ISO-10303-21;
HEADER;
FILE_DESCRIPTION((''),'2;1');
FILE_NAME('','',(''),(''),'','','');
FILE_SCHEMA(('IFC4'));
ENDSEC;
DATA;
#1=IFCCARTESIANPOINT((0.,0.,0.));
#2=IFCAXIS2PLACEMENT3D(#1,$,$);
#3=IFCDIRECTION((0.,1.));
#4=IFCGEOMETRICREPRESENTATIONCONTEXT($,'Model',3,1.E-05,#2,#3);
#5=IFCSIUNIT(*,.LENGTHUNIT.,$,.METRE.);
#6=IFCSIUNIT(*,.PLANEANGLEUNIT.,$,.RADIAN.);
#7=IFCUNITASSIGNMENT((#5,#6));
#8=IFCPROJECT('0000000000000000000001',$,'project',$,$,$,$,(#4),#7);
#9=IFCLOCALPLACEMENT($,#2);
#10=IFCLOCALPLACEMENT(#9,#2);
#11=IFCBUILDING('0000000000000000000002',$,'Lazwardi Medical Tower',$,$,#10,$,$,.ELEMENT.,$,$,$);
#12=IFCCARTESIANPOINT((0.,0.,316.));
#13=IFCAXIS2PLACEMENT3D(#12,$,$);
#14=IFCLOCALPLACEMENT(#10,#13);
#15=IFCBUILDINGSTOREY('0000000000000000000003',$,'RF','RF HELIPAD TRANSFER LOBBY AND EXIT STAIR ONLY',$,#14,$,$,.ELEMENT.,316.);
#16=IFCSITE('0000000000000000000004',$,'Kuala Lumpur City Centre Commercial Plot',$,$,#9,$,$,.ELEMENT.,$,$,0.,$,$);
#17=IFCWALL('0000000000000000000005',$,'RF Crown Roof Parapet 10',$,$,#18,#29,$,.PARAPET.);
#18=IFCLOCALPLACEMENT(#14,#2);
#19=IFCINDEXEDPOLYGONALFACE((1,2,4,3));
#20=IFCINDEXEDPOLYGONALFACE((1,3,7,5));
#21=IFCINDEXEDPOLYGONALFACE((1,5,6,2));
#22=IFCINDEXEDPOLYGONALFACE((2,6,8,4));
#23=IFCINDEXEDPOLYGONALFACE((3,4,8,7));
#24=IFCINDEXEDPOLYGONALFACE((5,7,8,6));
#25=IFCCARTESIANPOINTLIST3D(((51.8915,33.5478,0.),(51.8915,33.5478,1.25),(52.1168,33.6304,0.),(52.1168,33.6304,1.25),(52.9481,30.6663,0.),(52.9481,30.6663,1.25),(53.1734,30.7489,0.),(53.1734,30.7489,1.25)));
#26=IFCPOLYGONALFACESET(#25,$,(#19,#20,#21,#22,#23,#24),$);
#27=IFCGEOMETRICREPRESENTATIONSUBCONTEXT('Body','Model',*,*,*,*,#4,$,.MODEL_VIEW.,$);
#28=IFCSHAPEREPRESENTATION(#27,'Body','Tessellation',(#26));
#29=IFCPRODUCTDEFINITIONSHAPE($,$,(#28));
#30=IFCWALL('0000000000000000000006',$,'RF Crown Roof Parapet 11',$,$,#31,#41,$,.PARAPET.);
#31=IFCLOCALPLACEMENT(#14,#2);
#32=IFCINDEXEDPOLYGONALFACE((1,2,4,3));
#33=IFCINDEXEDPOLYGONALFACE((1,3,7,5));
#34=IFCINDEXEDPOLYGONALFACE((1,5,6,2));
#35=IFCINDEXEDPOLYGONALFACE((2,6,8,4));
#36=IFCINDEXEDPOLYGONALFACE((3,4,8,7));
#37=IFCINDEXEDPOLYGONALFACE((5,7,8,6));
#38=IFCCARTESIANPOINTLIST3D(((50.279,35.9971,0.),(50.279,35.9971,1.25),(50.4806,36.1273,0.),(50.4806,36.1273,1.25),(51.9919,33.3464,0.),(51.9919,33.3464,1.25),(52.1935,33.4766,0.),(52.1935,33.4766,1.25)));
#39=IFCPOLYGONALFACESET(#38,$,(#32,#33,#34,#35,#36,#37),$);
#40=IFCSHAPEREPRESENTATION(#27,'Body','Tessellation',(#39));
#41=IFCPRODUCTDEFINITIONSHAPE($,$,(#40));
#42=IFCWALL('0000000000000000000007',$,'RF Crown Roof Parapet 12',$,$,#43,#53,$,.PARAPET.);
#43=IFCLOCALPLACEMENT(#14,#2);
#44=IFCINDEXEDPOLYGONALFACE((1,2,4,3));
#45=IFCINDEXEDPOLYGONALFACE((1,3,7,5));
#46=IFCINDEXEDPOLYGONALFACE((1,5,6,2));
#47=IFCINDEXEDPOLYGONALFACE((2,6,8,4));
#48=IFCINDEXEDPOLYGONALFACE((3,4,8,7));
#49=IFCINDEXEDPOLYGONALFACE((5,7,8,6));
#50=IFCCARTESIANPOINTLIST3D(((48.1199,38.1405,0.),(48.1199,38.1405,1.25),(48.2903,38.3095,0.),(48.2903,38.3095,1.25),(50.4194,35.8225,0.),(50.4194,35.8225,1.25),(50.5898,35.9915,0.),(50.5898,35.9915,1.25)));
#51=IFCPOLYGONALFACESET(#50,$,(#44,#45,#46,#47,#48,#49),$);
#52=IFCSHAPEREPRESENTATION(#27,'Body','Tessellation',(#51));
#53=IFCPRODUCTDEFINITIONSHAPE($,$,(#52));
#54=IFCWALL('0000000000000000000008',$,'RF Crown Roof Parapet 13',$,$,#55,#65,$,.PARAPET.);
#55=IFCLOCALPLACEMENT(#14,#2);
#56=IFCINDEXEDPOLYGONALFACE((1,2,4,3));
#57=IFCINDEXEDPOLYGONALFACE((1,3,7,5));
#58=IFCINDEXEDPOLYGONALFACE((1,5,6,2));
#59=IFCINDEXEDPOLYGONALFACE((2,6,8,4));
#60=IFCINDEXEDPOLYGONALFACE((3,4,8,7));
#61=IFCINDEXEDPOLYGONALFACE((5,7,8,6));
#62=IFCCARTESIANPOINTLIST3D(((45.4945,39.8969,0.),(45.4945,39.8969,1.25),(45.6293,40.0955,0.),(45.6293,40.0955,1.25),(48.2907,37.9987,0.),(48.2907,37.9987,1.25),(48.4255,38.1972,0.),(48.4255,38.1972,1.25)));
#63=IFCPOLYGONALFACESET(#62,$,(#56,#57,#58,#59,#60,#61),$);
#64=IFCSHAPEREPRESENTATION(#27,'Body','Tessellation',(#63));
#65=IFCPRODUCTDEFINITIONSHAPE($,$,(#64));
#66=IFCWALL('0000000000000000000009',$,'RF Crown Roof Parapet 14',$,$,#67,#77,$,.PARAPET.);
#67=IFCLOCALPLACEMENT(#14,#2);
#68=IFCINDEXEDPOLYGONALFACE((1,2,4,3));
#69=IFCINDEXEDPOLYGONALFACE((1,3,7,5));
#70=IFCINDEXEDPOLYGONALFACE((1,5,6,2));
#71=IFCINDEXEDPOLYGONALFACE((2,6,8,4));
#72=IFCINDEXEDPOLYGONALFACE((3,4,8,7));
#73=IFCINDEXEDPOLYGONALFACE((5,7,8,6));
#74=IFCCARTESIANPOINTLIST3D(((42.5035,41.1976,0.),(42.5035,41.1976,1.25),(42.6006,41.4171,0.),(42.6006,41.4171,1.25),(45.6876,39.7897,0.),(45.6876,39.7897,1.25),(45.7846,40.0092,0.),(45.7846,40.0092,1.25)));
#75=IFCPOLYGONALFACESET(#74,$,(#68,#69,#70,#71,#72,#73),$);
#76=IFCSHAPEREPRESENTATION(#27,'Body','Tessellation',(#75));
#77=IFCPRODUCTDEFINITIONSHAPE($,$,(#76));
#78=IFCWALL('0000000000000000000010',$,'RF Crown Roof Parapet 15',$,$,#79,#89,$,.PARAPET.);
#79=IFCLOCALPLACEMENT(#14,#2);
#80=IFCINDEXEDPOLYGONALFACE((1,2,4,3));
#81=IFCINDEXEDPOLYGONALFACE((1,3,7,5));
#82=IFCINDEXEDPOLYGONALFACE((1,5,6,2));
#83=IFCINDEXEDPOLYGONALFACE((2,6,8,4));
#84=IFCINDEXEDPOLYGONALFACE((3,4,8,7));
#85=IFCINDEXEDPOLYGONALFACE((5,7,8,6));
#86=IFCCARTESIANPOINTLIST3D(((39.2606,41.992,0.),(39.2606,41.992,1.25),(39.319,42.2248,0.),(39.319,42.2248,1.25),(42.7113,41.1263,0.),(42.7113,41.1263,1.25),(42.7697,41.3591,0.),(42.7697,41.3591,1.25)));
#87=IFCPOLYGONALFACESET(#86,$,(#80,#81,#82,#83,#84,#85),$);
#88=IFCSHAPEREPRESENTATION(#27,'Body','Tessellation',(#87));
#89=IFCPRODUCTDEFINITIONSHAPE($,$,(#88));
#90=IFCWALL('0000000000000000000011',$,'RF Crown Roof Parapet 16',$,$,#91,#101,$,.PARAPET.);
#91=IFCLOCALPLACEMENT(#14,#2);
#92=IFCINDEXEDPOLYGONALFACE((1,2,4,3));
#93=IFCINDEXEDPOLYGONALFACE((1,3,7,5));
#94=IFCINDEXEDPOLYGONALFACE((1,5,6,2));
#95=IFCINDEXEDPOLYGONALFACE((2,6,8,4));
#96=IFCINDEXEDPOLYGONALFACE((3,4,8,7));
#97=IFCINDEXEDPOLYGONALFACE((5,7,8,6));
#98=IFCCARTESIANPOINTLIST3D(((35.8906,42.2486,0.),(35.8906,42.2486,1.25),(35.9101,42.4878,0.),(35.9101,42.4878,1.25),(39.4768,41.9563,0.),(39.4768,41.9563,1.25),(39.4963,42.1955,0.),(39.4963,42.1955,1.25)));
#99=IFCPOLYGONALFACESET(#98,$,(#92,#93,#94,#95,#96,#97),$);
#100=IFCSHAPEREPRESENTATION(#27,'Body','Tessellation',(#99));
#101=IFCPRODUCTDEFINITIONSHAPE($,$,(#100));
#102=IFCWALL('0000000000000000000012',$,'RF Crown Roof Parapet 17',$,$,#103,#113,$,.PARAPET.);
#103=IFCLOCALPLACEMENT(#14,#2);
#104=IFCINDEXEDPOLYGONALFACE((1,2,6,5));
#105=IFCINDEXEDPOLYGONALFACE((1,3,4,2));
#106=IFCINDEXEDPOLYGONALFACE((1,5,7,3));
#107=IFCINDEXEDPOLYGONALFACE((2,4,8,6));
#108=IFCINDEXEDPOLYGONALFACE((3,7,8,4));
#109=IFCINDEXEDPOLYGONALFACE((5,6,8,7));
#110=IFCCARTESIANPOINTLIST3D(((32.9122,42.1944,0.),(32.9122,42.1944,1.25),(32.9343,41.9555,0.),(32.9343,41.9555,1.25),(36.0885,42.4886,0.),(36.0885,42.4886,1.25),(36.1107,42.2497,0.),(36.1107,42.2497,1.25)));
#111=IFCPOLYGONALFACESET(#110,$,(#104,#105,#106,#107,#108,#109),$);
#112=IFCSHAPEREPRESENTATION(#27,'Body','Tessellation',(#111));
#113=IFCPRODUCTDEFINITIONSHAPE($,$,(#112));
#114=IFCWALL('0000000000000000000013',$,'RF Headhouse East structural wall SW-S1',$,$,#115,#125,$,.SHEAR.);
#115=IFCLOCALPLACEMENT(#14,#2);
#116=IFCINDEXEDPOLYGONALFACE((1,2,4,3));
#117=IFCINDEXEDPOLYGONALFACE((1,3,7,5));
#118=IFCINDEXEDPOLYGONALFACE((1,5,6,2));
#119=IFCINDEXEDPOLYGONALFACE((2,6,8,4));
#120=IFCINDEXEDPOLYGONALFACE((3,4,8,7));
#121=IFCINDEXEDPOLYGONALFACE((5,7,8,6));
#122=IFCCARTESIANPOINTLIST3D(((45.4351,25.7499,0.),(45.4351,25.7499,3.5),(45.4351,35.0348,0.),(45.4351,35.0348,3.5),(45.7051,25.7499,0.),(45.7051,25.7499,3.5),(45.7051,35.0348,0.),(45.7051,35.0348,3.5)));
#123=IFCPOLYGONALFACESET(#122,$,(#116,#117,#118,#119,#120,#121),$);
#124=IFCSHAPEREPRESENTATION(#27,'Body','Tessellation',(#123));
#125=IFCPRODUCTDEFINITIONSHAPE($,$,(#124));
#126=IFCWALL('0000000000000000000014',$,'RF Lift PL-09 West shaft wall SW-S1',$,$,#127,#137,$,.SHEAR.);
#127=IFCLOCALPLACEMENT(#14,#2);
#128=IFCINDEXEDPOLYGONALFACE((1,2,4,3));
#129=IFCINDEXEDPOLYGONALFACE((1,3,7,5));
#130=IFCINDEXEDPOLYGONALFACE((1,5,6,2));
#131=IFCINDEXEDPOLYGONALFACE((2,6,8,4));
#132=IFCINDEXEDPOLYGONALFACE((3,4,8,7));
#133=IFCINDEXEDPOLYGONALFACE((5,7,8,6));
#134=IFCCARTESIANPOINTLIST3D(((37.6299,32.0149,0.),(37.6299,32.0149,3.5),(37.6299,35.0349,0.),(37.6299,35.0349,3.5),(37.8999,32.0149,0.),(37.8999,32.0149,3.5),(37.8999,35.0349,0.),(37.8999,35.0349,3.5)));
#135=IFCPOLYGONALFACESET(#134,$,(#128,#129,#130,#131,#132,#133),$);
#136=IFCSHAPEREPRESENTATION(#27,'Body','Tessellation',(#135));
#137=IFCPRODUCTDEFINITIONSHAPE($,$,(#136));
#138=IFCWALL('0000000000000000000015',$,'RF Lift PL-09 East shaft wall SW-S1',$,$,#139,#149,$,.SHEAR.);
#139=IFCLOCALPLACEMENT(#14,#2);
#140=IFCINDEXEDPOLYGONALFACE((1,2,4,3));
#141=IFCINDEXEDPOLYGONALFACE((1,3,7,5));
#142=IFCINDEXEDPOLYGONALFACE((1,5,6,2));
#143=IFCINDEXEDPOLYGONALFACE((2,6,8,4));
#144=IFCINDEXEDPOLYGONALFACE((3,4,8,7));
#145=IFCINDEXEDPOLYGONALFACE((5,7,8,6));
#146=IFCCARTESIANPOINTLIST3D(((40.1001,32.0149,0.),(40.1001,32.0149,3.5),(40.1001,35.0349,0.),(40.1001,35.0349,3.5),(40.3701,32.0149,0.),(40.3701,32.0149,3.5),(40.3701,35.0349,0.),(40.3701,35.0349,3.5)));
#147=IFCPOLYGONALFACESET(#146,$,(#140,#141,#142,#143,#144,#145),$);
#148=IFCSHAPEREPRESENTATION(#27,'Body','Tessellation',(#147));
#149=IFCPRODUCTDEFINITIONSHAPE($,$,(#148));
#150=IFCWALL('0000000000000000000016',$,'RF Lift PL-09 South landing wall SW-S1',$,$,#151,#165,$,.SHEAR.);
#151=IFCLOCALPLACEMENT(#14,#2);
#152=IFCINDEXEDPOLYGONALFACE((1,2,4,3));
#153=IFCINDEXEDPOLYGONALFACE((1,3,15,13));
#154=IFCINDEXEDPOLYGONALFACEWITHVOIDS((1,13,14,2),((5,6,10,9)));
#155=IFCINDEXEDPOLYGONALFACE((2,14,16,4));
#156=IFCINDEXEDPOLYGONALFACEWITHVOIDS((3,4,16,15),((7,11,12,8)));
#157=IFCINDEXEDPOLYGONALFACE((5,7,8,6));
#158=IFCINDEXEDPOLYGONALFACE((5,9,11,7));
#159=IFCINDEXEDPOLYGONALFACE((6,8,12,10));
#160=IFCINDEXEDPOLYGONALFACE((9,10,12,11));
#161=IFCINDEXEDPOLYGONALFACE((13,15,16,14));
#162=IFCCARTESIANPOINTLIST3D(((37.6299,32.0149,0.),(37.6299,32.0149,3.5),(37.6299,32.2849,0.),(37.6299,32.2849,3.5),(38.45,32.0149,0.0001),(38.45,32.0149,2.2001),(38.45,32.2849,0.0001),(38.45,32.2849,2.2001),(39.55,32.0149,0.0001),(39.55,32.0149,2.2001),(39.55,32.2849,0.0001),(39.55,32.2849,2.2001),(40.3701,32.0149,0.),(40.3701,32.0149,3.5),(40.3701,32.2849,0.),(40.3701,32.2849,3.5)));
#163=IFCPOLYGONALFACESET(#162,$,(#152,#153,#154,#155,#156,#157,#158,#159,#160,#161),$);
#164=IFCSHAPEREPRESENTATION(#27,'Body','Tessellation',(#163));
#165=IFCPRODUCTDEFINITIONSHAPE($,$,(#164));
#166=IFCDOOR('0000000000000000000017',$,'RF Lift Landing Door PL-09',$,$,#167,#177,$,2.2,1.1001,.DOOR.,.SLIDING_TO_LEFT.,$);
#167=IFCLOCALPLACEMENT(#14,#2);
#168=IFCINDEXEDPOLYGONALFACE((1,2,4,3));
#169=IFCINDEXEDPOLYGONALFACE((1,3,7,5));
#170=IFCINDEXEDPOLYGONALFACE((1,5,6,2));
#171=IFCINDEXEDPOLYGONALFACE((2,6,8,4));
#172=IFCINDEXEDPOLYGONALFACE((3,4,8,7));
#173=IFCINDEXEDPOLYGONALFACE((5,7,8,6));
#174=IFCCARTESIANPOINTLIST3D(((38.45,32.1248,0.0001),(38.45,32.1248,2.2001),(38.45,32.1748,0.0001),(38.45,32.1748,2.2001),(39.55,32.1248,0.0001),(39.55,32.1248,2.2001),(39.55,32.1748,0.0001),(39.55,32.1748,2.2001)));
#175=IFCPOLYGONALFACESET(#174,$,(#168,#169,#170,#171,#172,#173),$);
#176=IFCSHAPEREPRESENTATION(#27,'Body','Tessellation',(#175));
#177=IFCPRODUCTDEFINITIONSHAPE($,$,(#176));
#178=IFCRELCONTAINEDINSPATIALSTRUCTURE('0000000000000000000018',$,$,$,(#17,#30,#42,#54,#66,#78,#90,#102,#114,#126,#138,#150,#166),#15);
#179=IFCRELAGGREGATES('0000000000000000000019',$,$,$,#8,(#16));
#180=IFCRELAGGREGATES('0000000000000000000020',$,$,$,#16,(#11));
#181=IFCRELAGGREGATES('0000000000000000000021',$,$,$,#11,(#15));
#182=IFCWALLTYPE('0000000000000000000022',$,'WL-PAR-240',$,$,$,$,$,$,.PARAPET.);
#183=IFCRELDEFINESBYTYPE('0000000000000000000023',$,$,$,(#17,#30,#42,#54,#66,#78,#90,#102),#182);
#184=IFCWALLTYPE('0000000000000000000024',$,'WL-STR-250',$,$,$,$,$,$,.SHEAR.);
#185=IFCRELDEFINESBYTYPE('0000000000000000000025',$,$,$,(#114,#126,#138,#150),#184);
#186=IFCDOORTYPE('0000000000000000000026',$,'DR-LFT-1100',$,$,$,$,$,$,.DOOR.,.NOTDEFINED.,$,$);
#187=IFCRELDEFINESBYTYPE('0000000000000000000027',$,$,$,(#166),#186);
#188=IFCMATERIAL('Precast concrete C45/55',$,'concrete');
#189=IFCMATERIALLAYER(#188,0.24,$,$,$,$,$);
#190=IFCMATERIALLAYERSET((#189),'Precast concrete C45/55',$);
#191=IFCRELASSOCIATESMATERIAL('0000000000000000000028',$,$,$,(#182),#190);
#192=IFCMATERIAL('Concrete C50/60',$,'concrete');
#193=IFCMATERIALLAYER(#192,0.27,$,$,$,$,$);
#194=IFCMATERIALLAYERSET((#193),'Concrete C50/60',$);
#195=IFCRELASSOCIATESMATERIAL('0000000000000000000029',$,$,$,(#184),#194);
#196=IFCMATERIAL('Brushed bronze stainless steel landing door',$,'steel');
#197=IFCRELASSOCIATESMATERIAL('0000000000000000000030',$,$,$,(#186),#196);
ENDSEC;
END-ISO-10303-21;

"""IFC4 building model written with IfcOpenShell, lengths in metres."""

from ifc_helpers import new_model, si_unit, direction, frame, frame_2d, origin, place, context, subcontext, project, spatial, rectangle, extrude, material, layer, layer_set, type_object, element, fill, save


model = new_model("IFC4")

# Units and contexts
model_context = context("Model", 3, precision=1e-05, world=origin(), true_north=direction((0.0, 1.0)))
body_context = subcontext(model_context, "Body", "Model", "MODEL_VIEW")
ifc_project = project(units=[si_unit("LENGTHUNIT", "METRE"), si_unit("PLANEANGLEUNIT", "RADIAN")], contexts=[model_context])

# Site, building, storey
site_placement = place(None, origin())
site = spatial("IfcSite", under=ifc_project, at=site_placement, Name="Kuala Lumpur City Centre Commercial Plot", CompositionType="ELEMENT", RefElevation=0.0)
building_placement = place(site_placement, origin())
building = spatial("IfcBuilding", under=site, at=building_placement, Name="Lazwardi Medical Tower", CompositionType="ELEMENT")
storey_placement = place(building_placement, frame((0.0, 0.0, 316.0)))
storey = spatial("IfcBuildingStorey", under=building, at=storey_placement, Name="RF", Description="RF HELIPAD TRANSFER LOBBY AND EXIT STAIR ONLY", CompositionType="ELEMENT", Elevation=316.0)

# Walls
ifc_material_1 = material(Name="Precast concrete C45/55", Category="concrete")
ifc_layer_1 = layer(ifc_material_1, 0.24)
ifc_layer_set_1 = layer_set([ifc_layer_1], Name="Precast concrete C45/55")
wall_type_1 = type_object("IfcWallType", Name="WL-PAR-240", PredefinedType="PARAPET", material=ifc_layer_set_1)
wall_1_placement = place(storey_placement, frame((53.0608, 30.7075, 0.0), z_axis=(0.0, 0.0, 1.0), x_axis=(-0.344271, 0.93887, 0.0)))
element("IfcWall", 1, at=wall_1_placement, inside=storey, type_object=wall_type_1, Name="RF Crown Roof Parapet 10", PredefinedType="PARAPET", context=body_context, shape_type="SweptSolid", body=[
    extrude(rectangle(XDim=3.0691, YDim=0.24, at=frame_2d((1.5347, 0.0))), origin(), (0.0, 0.0, 1.0), 1.25),
])
wall_2_placement = place(storey_placement, frame((52.0928, 33.4114, 0.0), z_axis=(0.0, 0.0, 1.0), x_axis=(-0.542754, 0.839892, 0.0)))
element("IfcWall", 2, at=wall_2_placement, inside=storey, type_object=wall_type_1, Name="RF Crown Roof Parapet 11", PredefinedType="PARAPET", context=body_context, shape_type="SweptSolid", body=[
    extrude(rectangle(XDim=3.156, YDim=0.24, at=frame_2d((1.5781, 0.0))), origin(), (0.0, 0.0, 1.0), 1.25),
])
wall_3_placement = place(storey_placement, frame((50.5046, 35.907, 0.0), z_axis=(0.0, 0.0, 1.0), x_axis=(-0.70426, 0.709942, 0.0)))
element("IfcWall", 3, at=wall_3_placement, inside=storey, type_object=wall_type_1, Name="RF Crown Roof Parapet 12", PredefinedType="PARAPET", context=body_context, shape_type="SweptSolid", body=[
    extrude(rectangle(XDim=3.2651, YDim=0.24, at=frame_2d((1.6326, 0.0))), origin(), (0.0, 0.0, 1.0), 1.25),
])
wall_4_placement = place(storey_placement, frame((48.3582, 38.0979, 0.0), z_axis=(0.0, 0.0, 1.0), x_axis=(-0.827364, 0.561666, 0.0)))
element("IfcWall", 4, at=wall_4_placement, inside=storey, type_object=wall_type_1, Name="RF Crown Roof Parapet 13", PredefinedType="PARAPET", context=body_context, shape_type="SweptSolid", body=[
    extrude(rectangle(XDim=3.3796, YDim=0.24, at=frame_2d((1.6899, 0.0))), origin(), (0.0, 0.0, 1.0), 1.25),
])
wall_5_placement = place(storey_placement, frame((45.7361, 39.8994, 0.0), z_axis=(0.0, 0.0, 1.0), x_axis=(-0.914576, 0.404414, 0.0)))
element("IfcWall", 5, at=wall_5_placement, inside=storey, type_object=wall_type_1, Name="RF Crown Roof Parapet 14", PredefinedType="PARAPET", context=body_context, shape_type="SweptSolid", body=[
    extrude(rectangle(XDim=3.4814, YDim=0.24, at=frame_2d((1.7407, 0.0))), origin(), (0.0, 0.0, 1.0), 1.25),
])
wall_6_placement = place(storey_placement, frame((42.7405, 41.2427, 0.0), z_axis=(0.0, 0.0, 1.0), x_axis=(-0.96994, 0.243343, 0.0)))
element("IfcWall", 6, at=wall_6_placement, inside=storey, type_object=wall_type_1, Name="RF Crown Roof Parapet 15", PredefinedType="PARAPET", context=body_context, shape_type="SweptSolid", body=[
    extrude(rectangle(XDim=3.5576, YDim=0.24, at=frame_2d((1.7788, 0.0))), origin(), (0.0, 0.0, 1.0), 1.25),
])
wall_7_placement = place(storey_placement, frame((39.4866, 42.0759, 0.0), z_axis=(0.0, 0.0, 1.0), x_axis=(-0.996696, 0.08122, 0.0)))
element("IfcWall", 7, at=wall_7_placement, inside=storey, type_object=wall_type_1, Name="RF Crown Roof Parapet 16", PredefinedType="PARAPET", context=body_context, shape_type="SweptSolid", body=[
    extrude(rectangle(XDim=3.5981, YDim=0.24, at=frame_2d((1.7991, 0.0))), origin(), (0.0, 0.0, 1.0), 1.25),
])
wall_8_placement = place(storey_placement, frame((36.0996, 42.3691, 0.0), z_axis=(0.0, 0.0, 1.0), x_axis=(-0.995738, -0.092226, 0.0)))
element("IfcWall", 8, at=wall_8_placement, inside=storey, type_object=wall_type_1, Name="RF Crown Roof Parapet 17", PredefinedType="PARAPET", context=body_context, shape_type="SweptSolid", body=[
    extrude(rectangle(XDim=3.1899, YDim=0.24, at=frame_2d((1.595, 0.0))), origin(), (0.0, 0.0, 1.0), 1.25),
])
ifc_material_2 = material(Name="Concrete C50/60", Category="concrete")
ifc_layer_2 = layer(ifc_material_2, 0.27)
ifc_layer_set_2 = layer_set([ifc_layer_2], Name="Concrete C50/60")
wall_type_2 = type_object("IfcWallType", Name="WL-STR-250", PredefinedType="SHEAR", material=ifc_layer_set_2)
wall_9_placement = place(storey_placement, frame((45.5701, 35.0349, 0.0), z_axis=(0.0, 0.0, 1.0), x_axis=(0.0, -1.0, 0.0)))
element("IfcWall", 9, at=wall_9_placement, inside=storey, type_object=wall_type_2, Name="RF Headhouse East structural wall SW-S1", PredefinedType="SHEAR", context=body_context, shape_type="SweptSolid", body=[
    extrude(rectangle(XDim=9.2849, YDim=0.27, at=frame_2d((4.6426, 0.0))), origin(), (0.0, 0.0, 1.0), 3.5),
])

# Walls
for number, where, z_axis, x_axis, name in (
    (10, (37.7649, 32.0149, 0.0), (0.0, 0.0, 1.0), (0.0, 1.0, 0.0), "RF Lift PL-09 West shaft wall SW-S1"),
    (11, (40.2351, 32.0149, 0.0), (0.0, 0.0, 1.0), (0.0, 1.0, 0.0), "RF Lift PL-09 East shaft wall SW-S1"),
):
    element("IfcWall", number, at=place(storey_placement, frame(where, z_axis=z_axis, x_axis=x_axis)), inside=storey, type_object=wall_type_2, Name=name, PredefinedType="SHEAR", context=body_context, shape_type="SweptSolid", body=[
        extrude(rectangle(XDim=3.02, YDim=0.27, at=frame_2d((1.51, 0.0))), origin(), (0.0, 0.0, 1.0), 3.5),
    ])

# Wall, opening, door
wall_10_placement = place(storey_placement, frame((37.6299, 32.1499, 0.0), z_axis=(0.0, 0.0, 1.0), x_axis=(1.0, 0.0, 0.0)))
wall_10 = element("IfcWall", 12, at=wall_10_placement, inside=storey, type_object=wall_type_2, Name="RF Lift PL-09 South landing wall SW-S1", PredefinedType="SHEAR", context=body_context, shape_type="SweptSolid", body=[
    extrude(rectangle(XDim=2.7402, YDim=0.27, at=frame_2d((1.3701, 0.0))), origin(), (0.0, 0.0, 1.0), 3.5),
])
opening_1_placement = place(wall_10_placement, frame((0.8201, 0.0, 0.0)))
opening_1 = element("IfcOpeningElement", 13, at=opening_1_placement, cuts=wall_10, PredefinedType="OPENING", context=body_context, shape_type="SweptSolid", body=[
    extrude(rectangle(XDim=1.1001, YDim=2.2, at=frame_2d((0.55, 1.1001))), frame((0.0, 0.145, 0.0), z_axis=(0.0, -1.0, 0.0), x_axis=(1.0, 0.0, 0.0)), (0.0, 0.0, 1.0), 0.29),
])
ifc_material_3 = material(Name="Brushed bronze stainless steel landing door", Category="steel")
door_type_1 = type_object("IfcDoorType", Name="DR-LFT-1100", OperationType="NOTDEFINED", PredefinedType="DOOR", material=ifc_material_3)
door_1_placement = place(opening_1_placement, origin())
door_1 = element("IfcDoor", 14, at=door_1_placement, inside=storey, type_object=door_type_1, Name="RF Lift Landing Door PL-09", OperationType="SLIDING_TO_LEFT", OverallHeight=2.2, OverallWidth=1.1001, PredefinedType="DOOR", context=body_context, shape_type="SweptSolid", body=[
    extrude(rectangle(XDim=1.1001, YDim=2.2, at=frame_2d((0.55, 1.1001))), frame((0.0, 0.0249, 0.0), z_axis=(0.0, -1.0, 0.0), x_axis=(1.0, 0.0, 0.0)), (0.0, 0.0, 1.0), 0.05),
])
fill(opening_1, door_1)

save(model, "model.ifc")
